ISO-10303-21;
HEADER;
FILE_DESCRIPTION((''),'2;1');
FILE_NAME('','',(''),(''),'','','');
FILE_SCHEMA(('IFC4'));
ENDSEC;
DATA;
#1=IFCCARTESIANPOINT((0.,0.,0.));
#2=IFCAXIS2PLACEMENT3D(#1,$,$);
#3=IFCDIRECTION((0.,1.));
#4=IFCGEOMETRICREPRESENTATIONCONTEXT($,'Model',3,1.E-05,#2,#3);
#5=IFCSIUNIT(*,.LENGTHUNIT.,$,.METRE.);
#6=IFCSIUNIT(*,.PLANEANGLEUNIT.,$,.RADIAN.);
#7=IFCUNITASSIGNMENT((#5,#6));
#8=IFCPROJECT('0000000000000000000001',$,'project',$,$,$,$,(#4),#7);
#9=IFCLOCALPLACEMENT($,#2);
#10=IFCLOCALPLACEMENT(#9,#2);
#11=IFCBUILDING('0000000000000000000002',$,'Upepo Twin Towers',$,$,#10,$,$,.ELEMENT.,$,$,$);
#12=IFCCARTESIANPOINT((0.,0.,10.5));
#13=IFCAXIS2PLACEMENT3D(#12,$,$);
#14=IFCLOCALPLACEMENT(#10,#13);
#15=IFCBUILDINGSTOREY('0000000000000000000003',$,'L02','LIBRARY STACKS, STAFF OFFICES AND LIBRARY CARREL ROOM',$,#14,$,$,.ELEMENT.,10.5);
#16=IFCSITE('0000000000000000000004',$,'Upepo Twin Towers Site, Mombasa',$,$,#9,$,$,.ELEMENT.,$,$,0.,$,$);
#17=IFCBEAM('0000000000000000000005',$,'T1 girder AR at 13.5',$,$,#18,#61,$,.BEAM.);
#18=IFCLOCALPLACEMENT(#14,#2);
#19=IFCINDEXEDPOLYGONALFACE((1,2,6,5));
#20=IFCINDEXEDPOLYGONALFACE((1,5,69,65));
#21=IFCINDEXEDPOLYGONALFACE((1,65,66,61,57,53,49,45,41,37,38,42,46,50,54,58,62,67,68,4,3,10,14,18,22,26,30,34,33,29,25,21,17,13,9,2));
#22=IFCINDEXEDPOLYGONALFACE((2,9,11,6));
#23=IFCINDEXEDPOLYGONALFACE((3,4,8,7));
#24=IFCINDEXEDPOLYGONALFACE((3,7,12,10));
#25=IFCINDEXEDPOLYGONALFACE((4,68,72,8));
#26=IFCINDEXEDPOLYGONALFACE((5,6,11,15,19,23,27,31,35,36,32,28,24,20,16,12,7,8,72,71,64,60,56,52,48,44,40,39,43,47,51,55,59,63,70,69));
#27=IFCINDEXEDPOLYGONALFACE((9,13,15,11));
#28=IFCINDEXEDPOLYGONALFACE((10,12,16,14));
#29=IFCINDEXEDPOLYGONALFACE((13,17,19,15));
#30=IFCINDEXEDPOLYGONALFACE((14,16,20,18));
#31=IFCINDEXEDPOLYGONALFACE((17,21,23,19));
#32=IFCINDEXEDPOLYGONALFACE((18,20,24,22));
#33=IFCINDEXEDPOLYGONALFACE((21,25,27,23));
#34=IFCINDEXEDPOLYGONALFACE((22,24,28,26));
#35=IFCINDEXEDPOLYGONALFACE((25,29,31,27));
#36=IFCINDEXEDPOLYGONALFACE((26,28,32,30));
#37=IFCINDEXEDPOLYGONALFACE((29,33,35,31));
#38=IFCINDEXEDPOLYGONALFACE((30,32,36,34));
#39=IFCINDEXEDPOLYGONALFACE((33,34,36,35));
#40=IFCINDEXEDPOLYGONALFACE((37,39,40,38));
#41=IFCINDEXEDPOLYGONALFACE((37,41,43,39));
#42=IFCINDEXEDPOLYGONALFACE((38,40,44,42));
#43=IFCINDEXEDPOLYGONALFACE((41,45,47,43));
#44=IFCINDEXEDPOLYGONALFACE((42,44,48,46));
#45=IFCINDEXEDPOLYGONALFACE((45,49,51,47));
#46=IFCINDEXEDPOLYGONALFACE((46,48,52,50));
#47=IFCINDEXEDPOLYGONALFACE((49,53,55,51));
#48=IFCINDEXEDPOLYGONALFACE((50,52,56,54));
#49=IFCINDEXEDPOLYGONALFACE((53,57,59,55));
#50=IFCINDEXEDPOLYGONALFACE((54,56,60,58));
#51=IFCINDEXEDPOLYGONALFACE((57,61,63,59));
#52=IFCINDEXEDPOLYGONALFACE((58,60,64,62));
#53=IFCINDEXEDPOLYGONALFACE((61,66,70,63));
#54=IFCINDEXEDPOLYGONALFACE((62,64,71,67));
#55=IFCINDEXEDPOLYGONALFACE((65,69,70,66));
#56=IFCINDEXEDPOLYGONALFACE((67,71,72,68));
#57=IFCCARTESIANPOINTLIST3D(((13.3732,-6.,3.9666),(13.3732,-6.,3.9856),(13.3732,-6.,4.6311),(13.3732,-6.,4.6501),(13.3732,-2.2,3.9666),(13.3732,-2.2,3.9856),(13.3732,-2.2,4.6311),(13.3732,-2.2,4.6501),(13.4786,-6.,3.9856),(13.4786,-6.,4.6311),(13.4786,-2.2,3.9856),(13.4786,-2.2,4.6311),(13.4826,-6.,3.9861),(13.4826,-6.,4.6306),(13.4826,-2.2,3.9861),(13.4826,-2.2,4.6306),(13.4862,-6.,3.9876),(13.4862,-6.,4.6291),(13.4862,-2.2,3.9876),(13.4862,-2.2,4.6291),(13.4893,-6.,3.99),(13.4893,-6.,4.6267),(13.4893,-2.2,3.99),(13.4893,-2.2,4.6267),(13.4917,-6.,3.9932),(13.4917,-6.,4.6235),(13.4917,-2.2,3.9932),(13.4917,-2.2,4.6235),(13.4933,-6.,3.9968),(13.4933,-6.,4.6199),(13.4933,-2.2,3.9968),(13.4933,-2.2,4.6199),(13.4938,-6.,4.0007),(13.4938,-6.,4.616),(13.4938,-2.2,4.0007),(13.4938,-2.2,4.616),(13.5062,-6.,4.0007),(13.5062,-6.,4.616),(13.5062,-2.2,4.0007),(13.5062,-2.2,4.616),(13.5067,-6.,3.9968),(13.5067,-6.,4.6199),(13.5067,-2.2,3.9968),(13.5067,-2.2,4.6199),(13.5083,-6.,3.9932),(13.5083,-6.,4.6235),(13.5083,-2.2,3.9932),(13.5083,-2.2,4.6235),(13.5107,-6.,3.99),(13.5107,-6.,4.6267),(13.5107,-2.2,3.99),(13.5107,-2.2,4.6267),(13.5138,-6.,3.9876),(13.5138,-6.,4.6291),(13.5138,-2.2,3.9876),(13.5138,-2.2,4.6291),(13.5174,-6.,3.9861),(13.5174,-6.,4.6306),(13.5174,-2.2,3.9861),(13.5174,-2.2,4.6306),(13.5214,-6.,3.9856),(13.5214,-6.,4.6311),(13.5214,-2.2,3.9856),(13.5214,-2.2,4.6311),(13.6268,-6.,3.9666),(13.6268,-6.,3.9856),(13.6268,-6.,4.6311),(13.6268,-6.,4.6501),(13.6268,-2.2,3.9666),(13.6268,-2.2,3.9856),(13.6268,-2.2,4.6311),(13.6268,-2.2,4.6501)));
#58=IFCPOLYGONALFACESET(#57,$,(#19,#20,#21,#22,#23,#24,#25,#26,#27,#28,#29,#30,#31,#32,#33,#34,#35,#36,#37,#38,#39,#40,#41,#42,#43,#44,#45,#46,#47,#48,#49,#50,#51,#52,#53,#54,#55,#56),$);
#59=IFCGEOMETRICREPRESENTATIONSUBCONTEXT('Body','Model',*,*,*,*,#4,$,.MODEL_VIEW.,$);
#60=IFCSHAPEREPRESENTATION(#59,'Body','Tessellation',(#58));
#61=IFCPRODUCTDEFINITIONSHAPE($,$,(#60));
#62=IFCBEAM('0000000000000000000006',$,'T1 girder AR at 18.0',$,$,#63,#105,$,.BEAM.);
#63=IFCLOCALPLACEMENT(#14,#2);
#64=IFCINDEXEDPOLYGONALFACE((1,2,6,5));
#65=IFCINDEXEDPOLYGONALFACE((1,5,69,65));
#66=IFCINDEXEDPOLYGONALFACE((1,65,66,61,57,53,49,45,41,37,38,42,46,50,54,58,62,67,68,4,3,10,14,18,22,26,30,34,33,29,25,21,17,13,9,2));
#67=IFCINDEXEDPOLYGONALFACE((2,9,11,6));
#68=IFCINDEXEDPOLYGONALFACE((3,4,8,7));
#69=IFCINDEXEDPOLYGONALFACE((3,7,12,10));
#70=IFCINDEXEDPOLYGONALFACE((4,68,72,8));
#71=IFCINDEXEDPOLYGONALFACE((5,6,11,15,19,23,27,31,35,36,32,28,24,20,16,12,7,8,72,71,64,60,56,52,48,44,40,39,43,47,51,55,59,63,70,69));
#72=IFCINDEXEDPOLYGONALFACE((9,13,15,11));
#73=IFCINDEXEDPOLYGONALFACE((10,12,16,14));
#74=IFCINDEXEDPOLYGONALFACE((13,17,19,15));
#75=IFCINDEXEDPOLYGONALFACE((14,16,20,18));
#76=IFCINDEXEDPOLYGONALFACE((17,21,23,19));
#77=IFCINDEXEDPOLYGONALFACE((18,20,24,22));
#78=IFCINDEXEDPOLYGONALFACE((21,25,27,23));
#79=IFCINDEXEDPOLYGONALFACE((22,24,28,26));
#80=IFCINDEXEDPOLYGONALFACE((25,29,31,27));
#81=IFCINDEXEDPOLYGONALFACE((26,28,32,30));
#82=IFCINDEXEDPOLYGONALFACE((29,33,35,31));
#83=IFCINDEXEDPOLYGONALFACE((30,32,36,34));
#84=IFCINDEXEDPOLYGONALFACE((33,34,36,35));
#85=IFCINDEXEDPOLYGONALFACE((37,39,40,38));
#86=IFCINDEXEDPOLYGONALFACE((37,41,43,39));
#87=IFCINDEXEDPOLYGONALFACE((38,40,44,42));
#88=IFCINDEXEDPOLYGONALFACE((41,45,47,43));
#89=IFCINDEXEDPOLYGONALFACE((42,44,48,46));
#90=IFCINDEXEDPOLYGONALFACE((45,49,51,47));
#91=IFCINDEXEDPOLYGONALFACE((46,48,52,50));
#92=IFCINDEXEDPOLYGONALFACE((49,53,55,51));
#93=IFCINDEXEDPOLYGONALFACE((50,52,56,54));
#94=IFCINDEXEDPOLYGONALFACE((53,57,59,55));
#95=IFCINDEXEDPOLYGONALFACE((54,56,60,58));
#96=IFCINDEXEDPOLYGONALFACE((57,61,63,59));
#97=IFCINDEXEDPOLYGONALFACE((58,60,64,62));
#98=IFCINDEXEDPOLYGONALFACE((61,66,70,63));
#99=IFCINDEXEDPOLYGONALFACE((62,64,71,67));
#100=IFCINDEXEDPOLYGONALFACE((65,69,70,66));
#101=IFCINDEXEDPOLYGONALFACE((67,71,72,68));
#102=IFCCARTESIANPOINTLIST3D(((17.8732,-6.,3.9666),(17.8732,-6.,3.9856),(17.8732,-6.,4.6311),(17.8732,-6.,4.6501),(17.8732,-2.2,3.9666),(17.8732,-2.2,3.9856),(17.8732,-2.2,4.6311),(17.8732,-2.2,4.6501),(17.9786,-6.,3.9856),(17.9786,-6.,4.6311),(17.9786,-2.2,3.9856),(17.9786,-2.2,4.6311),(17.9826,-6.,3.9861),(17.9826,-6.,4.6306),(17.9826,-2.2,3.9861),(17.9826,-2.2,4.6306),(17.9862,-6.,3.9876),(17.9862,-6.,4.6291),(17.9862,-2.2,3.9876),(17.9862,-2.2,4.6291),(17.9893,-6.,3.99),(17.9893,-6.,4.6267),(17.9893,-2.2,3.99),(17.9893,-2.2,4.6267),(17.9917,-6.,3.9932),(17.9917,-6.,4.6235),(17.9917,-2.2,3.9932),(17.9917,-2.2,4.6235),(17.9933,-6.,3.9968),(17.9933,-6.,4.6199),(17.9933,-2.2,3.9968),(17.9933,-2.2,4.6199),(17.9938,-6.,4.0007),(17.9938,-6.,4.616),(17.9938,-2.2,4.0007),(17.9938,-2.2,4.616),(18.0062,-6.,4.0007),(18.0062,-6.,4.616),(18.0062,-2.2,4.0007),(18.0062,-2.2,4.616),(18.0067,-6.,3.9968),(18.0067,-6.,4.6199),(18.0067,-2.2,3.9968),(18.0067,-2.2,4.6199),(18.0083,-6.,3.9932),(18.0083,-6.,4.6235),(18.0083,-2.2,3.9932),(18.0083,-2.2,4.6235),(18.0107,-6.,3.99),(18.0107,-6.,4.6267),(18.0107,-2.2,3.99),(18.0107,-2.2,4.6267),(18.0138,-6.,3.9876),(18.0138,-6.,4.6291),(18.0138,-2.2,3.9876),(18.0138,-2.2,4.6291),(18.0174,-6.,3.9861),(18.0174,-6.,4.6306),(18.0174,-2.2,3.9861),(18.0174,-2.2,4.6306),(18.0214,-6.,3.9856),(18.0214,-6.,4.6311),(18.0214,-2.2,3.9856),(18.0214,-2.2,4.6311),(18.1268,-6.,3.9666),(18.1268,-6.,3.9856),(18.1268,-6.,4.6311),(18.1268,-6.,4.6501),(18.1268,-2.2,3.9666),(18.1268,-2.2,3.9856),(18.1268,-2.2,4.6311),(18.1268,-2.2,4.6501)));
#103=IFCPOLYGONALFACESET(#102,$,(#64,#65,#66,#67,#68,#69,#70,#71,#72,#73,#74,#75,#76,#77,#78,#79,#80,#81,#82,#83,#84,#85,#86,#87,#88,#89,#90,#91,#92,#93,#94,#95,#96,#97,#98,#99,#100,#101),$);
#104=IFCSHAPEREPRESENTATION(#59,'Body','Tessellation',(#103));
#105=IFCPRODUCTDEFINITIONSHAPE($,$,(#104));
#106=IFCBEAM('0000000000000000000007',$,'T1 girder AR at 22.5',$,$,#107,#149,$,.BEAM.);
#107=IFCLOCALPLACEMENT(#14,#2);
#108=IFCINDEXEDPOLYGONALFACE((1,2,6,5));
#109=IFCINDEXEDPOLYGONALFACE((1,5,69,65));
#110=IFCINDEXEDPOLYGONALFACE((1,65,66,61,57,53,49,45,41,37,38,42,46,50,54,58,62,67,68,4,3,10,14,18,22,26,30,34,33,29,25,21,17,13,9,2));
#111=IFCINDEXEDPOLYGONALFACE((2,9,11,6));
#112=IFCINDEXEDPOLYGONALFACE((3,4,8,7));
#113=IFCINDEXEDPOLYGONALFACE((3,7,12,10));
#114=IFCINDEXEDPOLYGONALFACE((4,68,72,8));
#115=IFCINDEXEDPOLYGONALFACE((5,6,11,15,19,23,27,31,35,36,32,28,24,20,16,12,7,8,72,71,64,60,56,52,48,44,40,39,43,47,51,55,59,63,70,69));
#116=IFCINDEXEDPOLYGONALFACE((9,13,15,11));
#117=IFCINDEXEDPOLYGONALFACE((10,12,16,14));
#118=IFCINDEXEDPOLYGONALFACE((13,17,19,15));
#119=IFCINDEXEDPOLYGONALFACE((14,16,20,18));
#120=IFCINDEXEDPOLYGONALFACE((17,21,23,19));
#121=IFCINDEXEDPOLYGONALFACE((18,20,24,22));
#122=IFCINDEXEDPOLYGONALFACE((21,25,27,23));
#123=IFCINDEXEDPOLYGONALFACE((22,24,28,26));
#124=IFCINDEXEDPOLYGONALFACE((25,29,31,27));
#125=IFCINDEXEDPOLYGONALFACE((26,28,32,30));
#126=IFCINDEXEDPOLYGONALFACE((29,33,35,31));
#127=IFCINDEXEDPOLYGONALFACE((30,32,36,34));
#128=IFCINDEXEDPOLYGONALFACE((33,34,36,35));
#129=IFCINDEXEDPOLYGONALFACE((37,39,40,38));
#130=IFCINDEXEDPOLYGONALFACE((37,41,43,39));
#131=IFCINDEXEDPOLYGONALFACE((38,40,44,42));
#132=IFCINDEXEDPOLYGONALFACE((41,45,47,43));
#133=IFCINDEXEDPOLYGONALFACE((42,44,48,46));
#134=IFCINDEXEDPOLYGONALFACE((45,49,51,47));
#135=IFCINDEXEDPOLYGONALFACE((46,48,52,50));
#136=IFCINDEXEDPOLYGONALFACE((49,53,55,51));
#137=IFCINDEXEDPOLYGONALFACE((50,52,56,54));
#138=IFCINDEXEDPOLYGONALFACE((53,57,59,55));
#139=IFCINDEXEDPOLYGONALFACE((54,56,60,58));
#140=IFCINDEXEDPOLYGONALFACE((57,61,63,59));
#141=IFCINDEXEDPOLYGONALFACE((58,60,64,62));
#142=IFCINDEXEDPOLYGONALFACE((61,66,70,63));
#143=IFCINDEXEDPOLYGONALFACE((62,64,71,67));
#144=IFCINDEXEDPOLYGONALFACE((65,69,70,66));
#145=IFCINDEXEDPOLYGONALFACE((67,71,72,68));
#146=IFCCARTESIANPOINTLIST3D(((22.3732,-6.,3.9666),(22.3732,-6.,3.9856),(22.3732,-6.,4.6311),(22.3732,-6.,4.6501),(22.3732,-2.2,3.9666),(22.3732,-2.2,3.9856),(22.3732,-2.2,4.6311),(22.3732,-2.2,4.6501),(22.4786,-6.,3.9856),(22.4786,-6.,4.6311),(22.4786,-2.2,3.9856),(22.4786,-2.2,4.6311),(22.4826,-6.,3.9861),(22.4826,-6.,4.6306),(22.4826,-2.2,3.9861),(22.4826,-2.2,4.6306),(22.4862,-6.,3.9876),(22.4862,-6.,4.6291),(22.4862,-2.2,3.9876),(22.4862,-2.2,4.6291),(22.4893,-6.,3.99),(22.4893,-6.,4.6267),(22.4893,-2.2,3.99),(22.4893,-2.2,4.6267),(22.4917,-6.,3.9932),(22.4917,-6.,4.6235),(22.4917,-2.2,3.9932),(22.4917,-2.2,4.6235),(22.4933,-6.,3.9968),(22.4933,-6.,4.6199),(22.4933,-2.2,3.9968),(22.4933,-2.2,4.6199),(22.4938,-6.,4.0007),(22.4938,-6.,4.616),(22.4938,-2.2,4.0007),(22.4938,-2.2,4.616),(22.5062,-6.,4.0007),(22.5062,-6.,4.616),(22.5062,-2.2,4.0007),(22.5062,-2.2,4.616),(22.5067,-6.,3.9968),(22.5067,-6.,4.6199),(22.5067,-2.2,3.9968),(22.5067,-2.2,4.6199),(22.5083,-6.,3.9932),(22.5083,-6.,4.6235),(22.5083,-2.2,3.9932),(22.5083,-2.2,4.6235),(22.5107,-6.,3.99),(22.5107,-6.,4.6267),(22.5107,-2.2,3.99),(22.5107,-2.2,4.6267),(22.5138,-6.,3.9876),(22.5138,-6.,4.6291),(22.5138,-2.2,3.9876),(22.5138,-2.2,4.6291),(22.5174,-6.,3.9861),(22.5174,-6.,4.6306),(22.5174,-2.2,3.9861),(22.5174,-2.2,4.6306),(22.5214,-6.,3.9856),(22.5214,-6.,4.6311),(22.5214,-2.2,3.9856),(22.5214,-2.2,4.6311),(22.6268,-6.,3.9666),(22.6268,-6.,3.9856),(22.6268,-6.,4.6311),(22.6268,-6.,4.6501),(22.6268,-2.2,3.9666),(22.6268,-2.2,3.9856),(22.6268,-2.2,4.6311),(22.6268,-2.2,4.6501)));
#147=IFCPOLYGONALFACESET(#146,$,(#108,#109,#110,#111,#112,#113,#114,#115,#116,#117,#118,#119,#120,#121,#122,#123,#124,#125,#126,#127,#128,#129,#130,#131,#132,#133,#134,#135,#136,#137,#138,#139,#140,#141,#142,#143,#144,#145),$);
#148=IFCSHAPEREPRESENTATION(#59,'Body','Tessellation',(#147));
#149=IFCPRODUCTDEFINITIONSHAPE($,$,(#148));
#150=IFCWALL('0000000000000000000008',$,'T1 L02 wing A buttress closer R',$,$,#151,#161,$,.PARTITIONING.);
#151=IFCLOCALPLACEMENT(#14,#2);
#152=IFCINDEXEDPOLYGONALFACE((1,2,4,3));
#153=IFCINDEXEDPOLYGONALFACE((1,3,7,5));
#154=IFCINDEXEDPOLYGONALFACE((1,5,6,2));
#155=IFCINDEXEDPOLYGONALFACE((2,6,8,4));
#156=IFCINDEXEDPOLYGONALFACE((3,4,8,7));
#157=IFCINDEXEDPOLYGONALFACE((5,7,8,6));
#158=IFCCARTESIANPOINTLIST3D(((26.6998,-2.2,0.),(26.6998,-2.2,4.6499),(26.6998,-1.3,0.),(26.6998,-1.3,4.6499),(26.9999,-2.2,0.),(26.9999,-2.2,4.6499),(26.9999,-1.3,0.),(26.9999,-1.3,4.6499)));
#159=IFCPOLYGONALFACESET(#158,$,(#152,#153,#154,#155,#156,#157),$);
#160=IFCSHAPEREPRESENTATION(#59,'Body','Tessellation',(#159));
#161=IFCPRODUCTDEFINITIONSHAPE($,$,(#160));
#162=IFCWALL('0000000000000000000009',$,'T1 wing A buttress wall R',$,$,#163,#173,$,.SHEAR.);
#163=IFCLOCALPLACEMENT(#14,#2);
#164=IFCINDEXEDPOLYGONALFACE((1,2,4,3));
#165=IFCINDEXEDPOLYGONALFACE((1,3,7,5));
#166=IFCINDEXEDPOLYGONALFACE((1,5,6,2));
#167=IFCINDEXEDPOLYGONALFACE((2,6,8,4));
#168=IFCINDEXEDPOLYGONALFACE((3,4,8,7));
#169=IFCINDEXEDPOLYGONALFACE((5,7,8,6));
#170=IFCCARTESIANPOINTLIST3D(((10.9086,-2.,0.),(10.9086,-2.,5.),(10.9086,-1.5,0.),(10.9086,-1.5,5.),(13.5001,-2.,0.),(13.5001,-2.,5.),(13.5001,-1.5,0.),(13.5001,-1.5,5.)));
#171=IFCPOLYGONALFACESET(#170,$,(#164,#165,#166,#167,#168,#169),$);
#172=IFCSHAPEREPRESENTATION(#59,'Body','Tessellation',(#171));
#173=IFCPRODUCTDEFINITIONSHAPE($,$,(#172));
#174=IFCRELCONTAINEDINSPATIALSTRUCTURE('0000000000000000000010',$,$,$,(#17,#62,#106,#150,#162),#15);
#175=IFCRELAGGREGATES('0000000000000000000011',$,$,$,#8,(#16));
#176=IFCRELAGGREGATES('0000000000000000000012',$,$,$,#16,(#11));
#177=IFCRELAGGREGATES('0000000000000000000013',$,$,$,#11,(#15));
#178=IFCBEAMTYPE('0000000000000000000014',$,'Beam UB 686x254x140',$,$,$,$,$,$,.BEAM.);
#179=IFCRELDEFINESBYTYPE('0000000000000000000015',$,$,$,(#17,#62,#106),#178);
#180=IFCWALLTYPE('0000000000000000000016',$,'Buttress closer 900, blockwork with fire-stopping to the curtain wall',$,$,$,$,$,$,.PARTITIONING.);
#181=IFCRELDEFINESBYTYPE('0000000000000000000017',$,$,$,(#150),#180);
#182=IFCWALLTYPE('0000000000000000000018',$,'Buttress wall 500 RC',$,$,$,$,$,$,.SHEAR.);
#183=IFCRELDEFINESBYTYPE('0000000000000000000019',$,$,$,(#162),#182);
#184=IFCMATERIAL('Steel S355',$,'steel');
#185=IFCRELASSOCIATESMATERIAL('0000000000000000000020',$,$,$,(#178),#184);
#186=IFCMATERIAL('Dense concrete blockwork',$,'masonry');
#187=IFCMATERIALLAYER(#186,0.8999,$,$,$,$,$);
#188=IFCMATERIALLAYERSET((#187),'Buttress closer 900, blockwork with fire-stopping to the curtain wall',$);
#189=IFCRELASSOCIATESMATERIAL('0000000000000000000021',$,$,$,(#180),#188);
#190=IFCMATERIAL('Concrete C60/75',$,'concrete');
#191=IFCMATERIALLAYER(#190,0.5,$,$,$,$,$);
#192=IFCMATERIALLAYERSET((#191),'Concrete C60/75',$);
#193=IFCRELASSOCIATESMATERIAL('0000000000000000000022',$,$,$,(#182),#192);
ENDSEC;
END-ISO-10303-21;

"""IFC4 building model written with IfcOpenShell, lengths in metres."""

from ifc_helpers import new_model, si_unit, direction, frame, frame_2d, origin, origin_2d, place, context, subcontext, project, spatial, rectangle, i_section, extrude, material, layer, layer_set, material_profile, profile_set, type_object, element, save


model = new_model("IFC4")

# Units and contexts
model_context = context("Model", 3, precision=1e-05, world=origin(), true_north=direction((0.0, 1.0)))
body_context = subcontext(model_context, "Body", "Model", "MODEL_VIEW")
ifc_project = project(units=[si_unit("LENGTHUNIT", "METRE"), si_unit("PLANEANGLEUNIT", "RADIAN")], contexts=[model_context])

# Site, building, storey
site_placement = place(None, origin())
site = spatial("IfcSite", under=ifc_project, at=site_placement, Name="Upepo Twin Towers Site, Mombasa", CompositionType="ELEMENT", RefElevation=0.0)
building_placement = place(site_placement, origin())
building = spatial("IfcBuilding", under=site, at=building_placement, Name="Upepo Twin Towers", CompositionType="ELEMENT")
storey_placement = place(building_placement, frame((0.0, 0.0, 10.5)))
storey = spatial("IfcBuildingStorey", under=building, at=storey_placement, Name="L02", Description="LIBRARY STACKS, STAFF OFFICES AND LIBRARY CARREL ROOM", CompositionType="ELEMENT", Elevation=10.5)

# Beams
ifc_material_1 = material(Name="Steel S355", Category="steel")
ifc_material_profile_1 = material_profile(ifc_material_1, i_section(OverallWidth=0.2537, OverallDepth=0.6836, WebThickness=0.0125, FlangeThickness=0.019, FilletRadius=0.0151, at=origin_2d()), Name="UB 686x254x140")
ifc_profile_set_1 = profile_set([ifc_material_profile_1], Name="Steel S355")
beam_type_1 = type_object("IfcBeamType", Name="Beam UB 686x254x140", PredefinedType="BEAM", material=ifc_profile_set_1)
for number, where, z_axis, x_axis, name in (
    (1, (13.5, -6.0, 4.3083), (0.0, 1.0, 0.0), (-1.0, 0.0, 0.0), "T1 girder AR at 13.5"),
    (2, (18.0, -6.0, 4.3083), (0.0, 1.0, 0.0), (-1.0, 0.0, 0.0), "T1 girder AR at 18.0"),
    (3, (22.5, -6.0, 4.3083), (0.0, 1.0, 0.0), (-1.0, 0.0, 0.0), "T1 girder AR at 22.5"),
):
    element("IfcBeam", number, at=place(storey_placement, frame(where, z_axis=z_axis, x_axis=x_axis)), inside=storey, type_object=beam_type_1, Name=name, PredefinedType="BEAM", context=body_context, shape_type="SweptSolid", body=[
        extrude(i_section(OverallWidth=0.2537, OverallDepth=0.6836, WebThickness=0.0125, FlangeThickness=0.019, FilletRadius=0.0151, at=origin_2d()), origin(), (0.0, 0.0, 1.0), 3.8),
    ])

# Walls
ifc_material_2 = material(Name="Dense concrete blockwork", Category="masonry")
ifc_layer_1 = layer(ifc_material_2, 0.8999)
ifc_layer_set_1 = layer_set([ifc_layer_1], Name="Buttress closer 900, blockwork with fire-stopping to the curtain wall")
wall_type_1 = type_object("IfcWallType", Name="Buttress closer 900, blockwork with fire-stopping to the curtain wall", PredefinedType="PARTITIONING", material=ifc_layer_set_1)
wall_1_placement = place(storey_placement, frame((26.7, -1.75, 0.0), z_axis=(0.0, 0.0, 1.0), x_axis=(1.0, 0.0, 0.0)))
element("IfcWall", 4, at=wall_1_placement, inside=storey, type_object=wall_type_1, Name="T1 L02 wing A buttress closer R", PredefinedType="PARTITIONING", context=body_context, shape_type="SweptSolid", body=[
    extrude(rectangle(XDim=0.3, YDim=0.8999, at=frame_2d((0.1499, 0.0))), origin(), (0.0, 0.0, 1.0), 4.6499),
])
ifc_material_3 = material(Name="Concrete C60/75", Category="concrete")
ifc_layer_2 = layer(ifc_material_3, 0.5)
ifc_layer_set_2 = layer_set([ifc_layer_2], Name="Concrete C60/75")
wall_type_2 = type_object("IfcWallType", Name="Buttress wall 500 RC", PredefinedType="SHEAR", material=ifc_layer_set_2)
wall_2_placement = place(storey_placement, frame((10.9084, -1.75, 0.0), z_axis=(0.0, 0.0, 1.0), x_axis=(1.0, 0.0, 0.0)))
element("IfcWall", 5, at=wall_2_placement, inside=storey, type_object=wall_type_2, Name="T1 wing A buttress wall R", PredefinedType="SHEAR", context=body_context, shape_type="SweptSolid", body=[
    extrude(rectangle(XDim=2.5916, YDim=0.5, at=frame_2d((1.2959, 0.0))), origin(), (0.0, 0.0, 1.0), 5.0),
])

save(model, "model.ifc")
